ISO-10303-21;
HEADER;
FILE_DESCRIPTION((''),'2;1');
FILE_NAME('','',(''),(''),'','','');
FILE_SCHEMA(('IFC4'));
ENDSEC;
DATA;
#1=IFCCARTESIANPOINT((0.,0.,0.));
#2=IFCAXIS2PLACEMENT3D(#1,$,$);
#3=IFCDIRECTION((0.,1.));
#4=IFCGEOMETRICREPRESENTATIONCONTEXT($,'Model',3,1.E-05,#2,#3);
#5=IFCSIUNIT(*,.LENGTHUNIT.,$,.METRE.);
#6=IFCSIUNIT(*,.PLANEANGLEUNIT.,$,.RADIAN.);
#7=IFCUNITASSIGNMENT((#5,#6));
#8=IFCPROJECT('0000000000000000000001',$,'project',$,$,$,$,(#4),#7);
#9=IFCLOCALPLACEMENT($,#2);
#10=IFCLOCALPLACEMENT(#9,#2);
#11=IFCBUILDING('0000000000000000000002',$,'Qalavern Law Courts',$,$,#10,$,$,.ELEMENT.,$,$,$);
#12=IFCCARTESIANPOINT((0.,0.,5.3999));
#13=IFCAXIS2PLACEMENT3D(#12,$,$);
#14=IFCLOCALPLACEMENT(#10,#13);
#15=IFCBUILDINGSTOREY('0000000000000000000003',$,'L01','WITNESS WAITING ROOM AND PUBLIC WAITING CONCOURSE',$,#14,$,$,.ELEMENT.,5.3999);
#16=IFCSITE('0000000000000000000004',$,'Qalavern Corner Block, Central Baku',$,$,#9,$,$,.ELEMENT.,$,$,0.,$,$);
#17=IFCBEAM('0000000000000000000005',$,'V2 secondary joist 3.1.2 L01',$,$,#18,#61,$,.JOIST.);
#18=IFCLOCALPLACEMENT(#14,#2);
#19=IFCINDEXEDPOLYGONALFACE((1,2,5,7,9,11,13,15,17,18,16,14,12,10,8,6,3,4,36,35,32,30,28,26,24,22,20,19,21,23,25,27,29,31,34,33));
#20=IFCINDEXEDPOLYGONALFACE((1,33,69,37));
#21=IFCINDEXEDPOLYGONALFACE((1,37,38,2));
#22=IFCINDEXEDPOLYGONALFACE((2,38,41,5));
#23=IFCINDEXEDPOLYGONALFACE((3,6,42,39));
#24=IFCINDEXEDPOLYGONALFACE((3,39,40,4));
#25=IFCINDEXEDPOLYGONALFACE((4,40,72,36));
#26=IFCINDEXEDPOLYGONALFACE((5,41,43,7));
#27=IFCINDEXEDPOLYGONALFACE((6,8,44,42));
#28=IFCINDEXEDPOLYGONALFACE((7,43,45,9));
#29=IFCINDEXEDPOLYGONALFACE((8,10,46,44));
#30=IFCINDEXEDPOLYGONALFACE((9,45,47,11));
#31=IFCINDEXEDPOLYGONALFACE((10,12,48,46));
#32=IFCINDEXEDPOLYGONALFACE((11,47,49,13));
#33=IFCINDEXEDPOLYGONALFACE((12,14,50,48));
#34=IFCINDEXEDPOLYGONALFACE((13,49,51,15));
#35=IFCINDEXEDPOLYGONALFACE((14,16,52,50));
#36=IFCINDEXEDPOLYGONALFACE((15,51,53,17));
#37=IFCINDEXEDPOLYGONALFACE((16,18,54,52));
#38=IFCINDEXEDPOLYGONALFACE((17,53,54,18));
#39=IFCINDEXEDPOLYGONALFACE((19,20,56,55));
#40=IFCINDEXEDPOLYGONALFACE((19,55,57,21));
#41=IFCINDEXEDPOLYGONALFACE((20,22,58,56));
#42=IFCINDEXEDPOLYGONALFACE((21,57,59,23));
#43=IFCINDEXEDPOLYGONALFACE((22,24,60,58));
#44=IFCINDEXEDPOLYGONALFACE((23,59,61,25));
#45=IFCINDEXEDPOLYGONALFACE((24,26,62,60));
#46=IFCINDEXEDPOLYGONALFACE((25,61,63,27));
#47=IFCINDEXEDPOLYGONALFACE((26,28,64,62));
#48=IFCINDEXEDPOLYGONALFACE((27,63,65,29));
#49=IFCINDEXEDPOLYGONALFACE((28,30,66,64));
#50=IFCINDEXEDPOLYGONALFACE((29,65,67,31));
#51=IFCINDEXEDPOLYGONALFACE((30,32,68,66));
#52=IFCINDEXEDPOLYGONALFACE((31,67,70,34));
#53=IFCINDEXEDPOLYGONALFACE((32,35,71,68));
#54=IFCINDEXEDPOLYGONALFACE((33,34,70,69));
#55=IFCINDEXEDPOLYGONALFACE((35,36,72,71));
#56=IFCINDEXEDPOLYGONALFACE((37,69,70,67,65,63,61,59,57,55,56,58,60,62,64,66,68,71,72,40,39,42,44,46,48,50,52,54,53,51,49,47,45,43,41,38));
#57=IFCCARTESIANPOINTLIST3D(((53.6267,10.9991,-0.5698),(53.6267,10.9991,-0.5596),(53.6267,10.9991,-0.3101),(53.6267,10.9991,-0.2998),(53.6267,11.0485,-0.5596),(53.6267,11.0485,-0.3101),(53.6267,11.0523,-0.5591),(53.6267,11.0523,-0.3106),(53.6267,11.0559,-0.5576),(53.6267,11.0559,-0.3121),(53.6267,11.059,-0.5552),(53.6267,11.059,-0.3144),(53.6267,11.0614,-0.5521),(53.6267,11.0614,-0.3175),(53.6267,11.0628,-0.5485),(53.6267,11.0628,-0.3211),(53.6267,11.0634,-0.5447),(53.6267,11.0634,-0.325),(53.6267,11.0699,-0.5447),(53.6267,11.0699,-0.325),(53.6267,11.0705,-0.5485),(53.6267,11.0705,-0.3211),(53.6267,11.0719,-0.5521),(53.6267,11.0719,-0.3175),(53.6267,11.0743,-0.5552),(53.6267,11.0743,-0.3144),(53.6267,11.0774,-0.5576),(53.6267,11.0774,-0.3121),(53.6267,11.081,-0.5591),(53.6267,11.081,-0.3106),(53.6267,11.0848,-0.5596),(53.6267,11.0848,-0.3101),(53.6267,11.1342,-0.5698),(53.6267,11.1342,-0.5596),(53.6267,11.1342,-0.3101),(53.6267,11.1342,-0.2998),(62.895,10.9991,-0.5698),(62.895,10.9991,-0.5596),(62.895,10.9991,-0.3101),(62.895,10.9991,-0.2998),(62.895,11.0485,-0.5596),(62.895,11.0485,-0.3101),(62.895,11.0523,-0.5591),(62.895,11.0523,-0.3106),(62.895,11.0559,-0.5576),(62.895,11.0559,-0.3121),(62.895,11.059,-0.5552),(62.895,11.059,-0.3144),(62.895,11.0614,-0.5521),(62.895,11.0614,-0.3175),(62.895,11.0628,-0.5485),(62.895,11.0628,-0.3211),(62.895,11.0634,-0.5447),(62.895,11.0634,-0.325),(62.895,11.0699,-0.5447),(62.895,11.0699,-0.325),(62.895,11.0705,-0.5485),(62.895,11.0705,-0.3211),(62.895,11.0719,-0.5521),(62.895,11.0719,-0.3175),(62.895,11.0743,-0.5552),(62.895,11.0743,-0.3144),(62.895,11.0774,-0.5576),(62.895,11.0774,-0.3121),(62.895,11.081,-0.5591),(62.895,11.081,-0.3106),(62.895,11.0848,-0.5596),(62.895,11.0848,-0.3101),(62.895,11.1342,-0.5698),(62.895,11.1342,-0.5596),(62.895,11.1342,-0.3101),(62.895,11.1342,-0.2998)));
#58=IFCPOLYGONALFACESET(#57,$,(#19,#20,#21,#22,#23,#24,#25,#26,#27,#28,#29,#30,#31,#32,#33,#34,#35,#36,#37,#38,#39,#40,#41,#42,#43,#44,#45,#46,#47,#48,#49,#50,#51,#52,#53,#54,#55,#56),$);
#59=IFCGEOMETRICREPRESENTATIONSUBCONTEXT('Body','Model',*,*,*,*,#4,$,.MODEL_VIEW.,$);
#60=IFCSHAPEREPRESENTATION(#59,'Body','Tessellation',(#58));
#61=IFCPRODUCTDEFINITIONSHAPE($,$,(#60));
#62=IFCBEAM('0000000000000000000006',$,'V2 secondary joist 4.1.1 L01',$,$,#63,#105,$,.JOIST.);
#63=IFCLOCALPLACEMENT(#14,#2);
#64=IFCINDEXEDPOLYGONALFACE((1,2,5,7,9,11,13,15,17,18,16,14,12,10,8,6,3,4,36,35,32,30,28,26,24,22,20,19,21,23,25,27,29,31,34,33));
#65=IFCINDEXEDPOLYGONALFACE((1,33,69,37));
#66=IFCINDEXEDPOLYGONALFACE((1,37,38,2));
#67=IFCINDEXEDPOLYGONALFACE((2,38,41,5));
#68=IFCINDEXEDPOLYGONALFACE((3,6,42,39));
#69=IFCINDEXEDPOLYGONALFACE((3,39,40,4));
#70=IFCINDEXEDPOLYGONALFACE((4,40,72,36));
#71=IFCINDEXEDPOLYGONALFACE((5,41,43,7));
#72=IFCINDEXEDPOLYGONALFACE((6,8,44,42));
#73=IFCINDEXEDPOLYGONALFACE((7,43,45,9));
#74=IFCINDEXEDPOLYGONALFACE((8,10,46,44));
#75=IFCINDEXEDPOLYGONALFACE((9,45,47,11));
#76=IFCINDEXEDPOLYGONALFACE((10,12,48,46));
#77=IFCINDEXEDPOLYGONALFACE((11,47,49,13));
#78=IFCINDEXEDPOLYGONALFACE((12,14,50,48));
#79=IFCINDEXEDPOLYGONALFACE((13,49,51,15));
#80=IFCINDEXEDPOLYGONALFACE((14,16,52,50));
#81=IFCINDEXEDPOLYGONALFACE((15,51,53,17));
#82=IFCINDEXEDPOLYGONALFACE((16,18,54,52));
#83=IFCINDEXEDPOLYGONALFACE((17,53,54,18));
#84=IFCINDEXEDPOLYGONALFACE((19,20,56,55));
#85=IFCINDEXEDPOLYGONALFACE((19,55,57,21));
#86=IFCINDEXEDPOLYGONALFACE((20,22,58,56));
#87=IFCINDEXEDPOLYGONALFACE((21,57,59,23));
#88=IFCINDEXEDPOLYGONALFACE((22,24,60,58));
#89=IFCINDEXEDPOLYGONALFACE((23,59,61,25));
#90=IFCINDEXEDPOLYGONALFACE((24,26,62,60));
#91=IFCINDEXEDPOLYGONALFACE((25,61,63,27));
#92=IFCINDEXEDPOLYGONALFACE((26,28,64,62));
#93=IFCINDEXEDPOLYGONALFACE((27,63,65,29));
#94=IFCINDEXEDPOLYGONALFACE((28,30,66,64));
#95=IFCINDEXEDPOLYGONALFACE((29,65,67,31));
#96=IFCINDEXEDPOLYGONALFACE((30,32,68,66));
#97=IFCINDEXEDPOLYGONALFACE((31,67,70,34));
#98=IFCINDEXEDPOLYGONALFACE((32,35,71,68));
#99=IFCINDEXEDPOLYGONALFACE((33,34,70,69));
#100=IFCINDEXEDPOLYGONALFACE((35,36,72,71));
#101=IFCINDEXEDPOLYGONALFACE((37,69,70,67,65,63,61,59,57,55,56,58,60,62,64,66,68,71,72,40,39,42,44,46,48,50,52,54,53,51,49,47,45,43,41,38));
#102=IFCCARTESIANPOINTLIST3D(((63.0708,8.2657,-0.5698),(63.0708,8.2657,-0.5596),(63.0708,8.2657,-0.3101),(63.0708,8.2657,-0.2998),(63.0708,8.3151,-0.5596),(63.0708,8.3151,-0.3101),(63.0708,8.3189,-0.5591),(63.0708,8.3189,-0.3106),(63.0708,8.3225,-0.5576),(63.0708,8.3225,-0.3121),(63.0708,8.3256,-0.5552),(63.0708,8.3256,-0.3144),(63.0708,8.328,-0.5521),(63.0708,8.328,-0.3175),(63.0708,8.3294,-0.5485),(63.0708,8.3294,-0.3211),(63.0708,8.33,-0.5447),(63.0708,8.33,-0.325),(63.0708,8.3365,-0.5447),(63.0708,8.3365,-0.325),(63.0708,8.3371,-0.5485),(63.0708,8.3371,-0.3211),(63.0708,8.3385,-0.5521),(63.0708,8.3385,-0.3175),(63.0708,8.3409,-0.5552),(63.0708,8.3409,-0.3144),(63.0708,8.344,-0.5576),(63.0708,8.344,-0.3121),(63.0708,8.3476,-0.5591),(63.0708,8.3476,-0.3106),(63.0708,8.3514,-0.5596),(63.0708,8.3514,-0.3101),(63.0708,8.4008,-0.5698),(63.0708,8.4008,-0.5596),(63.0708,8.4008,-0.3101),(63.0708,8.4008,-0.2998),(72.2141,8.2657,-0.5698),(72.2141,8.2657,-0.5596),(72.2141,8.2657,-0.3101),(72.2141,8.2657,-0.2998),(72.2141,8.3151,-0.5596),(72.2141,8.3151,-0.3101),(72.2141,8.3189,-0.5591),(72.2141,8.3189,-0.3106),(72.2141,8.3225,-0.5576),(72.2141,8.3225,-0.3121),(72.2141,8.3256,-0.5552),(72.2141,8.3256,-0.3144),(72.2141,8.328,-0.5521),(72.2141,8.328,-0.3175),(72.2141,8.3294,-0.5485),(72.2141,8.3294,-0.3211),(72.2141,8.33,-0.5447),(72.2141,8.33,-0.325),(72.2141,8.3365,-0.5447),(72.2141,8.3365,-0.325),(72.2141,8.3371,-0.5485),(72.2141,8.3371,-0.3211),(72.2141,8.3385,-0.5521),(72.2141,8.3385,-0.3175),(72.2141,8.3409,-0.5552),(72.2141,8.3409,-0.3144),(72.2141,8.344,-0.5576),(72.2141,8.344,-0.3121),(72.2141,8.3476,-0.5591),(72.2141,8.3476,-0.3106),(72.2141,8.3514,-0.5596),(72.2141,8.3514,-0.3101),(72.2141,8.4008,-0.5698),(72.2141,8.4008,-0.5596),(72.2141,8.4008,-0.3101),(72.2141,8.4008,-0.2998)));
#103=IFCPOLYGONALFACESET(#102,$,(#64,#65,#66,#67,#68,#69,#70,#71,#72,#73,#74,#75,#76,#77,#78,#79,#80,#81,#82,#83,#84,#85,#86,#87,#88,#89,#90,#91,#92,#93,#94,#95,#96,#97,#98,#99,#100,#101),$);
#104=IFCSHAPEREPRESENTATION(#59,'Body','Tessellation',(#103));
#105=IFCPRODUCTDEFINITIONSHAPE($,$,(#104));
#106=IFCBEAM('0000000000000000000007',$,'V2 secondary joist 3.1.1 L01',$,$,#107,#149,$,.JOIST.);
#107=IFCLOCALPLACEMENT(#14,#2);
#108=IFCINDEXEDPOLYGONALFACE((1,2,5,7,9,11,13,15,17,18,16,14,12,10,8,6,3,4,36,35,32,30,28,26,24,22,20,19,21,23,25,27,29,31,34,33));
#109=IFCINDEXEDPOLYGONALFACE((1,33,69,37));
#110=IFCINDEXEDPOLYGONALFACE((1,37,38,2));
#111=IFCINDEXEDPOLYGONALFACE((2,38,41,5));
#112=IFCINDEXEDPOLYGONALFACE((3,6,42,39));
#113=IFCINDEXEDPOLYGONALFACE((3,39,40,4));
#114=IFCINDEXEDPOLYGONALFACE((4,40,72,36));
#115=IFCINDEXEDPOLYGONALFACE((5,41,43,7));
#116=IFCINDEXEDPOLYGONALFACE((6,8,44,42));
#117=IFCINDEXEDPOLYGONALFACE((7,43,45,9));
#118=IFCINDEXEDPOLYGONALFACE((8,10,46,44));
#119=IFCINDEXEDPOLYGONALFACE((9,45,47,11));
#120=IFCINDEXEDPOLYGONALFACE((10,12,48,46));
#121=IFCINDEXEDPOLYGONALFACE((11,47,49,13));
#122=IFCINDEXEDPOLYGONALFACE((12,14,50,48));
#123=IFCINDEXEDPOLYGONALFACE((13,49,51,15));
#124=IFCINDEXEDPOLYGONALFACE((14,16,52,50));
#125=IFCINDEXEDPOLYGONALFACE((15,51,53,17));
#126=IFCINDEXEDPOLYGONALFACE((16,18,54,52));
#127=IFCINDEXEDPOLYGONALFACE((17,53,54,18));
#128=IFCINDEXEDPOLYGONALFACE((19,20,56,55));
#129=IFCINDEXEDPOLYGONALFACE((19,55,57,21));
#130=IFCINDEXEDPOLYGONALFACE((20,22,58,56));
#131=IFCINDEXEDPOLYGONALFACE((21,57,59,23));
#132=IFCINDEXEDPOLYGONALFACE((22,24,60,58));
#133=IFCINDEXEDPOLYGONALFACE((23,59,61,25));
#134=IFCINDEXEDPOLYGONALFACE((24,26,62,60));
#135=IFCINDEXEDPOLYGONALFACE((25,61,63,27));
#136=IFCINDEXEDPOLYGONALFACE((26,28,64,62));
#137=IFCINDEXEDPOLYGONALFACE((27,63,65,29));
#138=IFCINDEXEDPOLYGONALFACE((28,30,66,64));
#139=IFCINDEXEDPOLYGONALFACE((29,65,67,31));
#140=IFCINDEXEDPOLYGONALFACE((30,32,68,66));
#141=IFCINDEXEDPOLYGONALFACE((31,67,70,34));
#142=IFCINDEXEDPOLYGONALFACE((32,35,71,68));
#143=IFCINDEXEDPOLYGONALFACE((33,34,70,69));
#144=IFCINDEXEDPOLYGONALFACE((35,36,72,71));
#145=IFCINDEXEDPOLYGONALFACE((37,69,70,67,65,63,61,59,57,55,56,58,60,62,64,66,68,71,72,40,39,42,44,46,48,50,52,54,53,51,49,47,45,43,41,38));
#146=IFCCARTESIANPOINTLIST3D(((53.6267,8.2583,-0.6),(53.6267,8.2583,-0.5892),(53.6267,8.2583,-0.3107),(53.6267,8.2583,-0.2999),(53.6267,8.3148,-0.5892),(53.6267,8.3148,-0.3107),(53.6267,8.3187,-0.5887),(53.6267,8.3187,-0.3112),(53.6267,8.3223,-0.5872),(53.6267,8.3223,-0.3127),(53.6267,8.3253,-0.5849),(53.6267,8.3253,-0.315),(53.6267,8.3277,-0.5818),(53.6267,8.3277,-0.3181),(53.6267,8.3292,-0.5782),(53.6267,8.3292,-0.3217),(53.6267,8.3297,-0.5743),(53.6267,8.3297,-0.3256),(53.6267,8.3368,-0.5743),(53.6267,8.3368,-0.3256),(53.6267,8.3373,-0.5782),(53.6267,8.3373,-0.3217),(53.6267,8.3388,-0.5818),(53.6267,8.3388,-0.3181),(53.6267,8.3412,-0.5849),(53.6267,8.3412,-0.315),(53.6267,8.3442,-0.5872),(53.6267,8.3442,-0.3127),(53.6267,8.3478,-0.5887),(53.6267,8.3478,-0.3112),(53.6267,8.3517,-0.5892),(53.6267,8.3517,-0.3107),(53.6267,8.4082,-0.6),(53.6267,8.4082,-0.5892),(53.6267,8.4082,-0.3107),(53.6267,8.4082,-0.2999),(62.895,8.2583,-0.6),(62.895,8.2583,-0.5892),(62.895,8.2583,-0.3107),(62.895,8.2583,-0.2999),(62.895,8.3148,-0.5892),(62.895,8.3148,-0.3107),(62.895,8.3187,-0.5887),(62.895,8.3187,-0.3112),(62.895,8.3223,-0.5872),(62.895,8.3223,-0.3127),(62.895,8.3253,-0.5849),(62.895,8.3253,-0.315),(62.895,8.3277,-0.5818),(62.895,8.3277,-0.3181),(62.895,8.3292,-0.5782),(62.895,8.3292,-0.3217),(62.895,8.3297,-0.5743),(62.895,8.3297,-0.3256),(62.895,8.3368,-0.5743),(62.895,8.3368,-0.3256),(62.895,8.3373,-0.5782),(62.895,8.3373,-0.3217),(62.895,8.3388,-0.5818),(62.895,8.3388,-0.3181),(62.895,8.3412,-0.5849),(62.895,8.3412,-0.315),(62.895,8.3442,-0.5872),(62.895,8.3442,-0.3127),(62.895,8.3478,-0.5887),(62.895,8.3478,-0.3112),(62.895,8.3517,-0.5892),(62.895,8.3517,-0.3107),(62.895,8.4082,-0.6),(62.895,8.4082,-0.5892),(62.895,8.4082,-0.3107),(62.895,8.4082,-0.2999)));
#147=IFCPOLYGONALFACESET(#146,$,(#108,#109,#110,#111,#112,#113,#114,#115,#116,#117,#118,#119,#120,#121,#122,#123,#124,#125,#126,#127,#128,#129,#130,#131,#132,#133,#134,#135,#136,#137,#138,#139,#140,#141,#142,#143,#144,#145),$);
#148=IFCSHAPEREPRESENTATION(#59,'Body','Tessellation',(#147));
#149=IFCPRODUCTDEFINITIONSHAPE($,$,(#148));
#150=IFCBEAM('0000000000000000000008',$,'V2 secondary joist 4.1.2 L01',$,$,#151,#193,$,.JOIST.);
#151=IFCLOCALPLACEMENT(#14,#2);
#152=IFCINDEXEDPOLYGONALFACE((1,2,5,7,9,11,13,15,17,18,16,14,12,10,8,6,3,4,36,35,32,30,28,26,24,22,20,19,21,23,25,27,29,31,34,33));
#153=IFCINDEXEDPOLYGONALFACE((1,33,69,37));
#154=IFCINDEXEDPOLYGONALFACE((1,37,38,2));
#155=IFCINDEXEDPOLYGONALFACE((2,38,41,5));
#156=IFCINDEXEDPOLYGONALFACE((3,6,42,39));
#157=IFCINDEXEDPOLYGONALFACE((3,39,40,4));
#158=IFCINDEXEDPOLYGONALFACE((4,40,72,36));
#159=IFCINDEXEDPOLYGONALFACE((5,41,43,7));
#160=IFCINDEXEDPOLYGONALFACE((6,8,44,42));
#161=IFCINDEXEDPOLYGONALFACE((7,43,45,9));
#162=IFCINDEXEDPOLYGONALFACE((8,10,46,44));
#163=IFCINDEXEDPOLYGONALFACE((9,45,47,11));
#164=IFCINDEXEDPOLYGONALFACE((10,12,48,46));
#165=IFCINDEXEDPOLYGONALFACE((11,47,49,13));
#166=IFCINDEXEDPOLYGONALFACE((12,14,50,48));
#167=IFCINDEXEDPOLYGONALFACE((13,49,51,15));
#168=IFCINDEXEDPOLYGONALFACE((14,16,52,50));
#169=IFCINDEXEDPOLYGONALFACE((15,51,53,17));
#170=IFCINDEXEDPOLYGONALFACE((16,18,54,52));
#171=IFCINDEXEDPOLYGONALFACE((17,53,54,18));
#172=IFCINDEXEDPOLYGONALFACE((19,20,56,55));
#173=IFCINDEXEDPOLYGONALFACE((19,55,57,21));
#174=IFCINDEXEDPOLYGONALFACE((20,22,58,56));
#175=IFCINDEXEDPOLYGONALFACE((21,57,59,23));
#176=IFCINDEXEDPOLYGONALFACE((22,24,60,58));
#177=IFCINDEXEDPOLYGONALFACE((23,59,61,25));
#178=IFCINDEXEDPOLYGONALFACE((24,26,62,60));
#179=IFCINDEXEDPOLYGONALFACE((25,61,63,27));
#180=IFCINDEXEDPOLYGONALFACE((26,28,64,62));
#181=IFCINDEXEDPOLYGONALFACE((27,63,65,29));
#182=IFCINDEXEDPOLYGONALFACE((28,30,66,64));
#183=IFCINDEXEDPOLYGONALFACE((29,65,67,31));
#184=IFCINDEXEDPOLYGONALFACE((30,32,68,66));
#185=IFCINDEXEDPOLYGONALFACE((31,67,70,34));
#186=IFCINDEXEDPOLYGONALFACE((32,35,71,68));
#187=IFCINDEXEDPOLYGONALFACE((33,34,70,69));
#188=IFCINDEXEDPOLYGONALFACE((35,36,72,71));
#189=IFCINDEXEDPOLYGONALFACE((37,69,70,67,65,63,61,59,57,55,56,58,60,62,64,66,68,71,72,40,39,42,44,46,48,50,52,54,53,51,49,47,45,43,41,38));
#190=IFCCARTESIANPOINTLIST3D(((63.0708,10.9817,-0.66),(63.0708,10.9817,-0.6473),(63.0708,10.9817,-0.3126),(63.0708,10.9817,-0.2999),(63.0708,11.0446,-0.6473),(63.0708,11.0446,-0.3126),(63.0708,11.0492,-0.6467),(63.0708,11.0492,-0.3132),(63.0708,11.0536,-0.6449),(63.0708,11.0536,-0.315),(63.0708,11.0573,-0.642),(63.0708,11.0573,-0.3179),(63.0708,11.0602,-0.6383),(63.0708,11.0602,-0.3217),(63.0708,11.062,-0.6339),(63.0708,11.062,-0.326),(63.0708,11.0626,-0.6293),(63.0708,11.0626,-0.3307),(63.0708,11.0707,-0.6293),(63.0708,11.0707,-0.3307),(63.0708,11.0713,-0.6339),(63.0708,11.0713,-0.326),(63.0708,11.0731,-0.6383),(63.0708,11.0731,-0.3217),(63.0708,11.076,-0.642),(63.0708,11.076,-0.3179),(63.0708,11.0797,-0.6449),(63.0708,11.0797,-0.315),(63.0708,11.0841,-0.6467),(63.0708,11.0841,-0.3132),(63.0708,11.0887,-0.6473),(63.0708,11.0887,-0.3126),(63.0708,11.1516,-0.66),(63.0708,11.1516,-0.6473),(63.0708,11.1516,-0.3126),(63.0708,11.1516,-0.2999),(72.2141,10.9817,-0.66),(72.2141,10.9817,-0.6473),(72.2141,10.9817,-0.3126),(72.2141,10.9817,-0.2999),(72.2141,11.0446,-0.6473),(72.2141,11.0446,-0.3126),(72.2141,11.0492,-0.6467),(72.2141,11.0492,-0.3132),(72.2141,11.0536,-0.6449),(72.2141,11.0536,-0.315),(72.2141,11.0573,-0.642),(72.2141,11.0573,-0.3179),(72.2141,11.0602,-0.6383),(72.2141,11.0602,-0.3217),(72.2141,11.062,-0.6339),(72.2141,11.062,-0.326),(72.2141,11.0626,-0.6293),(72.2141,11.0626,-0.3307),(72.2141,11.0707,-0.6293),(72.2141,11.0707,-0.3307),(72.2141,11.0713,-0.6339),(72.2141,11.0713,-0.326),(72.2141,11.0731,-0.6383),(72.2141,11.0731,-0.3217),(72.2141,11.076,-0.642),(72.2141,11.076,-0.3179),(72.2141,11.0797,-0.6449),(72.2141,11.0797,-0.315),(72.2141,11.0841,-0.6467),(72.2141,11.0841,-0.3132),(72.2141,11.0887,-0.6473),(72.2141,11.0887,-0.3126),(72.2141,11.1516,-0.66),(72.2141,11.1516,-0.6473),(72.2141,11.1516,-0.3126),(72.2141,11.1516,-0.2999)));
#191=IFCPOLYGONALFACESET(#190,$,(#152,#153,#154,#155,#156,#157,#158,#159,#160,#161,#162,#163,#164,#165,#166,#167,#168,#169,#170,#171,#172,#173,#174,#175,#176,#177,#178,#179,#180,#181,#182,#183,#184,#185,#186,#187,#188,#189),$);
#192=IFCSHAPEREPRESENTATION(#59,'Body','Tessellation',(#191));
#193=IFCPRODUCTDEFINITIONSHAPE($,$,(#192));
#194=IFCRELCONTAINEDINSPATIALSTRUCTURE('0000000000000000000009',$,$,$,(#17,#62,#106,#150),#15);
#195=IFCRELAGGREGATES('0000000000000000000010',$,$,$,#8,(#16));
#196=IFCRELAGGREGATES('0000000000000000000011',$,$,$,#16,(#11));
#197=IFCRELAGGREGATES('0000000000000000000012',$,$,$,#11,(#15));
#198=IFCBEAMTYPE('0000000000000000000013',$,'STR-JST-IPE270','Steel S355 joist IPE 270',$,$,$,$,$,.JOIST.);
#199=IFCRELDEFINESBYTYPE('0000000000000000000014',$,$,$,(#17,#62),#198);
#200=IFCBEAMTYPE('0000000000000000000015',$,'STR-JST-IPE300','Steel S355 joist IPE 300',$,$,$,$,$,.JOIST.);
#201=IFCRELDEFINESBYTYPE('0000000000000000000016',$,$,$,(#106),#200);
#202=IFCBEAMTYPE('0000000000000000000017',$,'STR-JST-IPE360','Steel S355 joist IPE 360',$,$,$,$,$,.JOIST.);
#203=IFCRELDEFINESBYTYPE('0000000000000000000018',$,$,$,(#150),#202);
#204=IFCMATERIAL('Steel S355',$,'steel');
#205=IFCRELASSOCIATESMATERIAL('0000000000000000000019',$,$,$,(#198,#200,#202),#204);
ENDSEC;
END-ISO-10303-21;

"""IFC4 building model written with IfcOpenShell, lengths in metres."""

from ifc_helpers import new_model, si_unit, direction, frame, origin, origin_2d, place, context, subcontext, project, spatial, i_section, extrude, material, material_profile, profile_set, type_object, element, save


model = new_model("IFC4")

# Units and contexts
model_context = context("Model", 3, precision=1e-05, world=origin(), true_north=direction((0.0, 1.0)))
body_context = subcontext(model_context, "Body", "Model", "MODEL_VIEW")
ifc_project = project(units=[si_unit("LENGTHUNIT", "METRE"), si_unit("PLANEANGLEUNIT", "RADIAN")], contexts=[model_context])

# Site, building, storey
site_placement = place(None, origin())
site = spatial("IfcSite", under=ifc_project, at=site_placement, Name="Qalavern Corner Block, Central Baku", CompositionType="ELEMENT", RefElevation=0.0)
building_placement = place(site_placement, origin())
building = spatial("IfcBuilding", under=site, at=building_placement, Name="Qalavern Law Courts", CompositionType="ELEMENT")
storey_placement = place(building_placement, frame((0.0, 0.0, 5.3999)))
storey = spatial("IfcBuildingStorey", under=building, at=storey_placement, Name="L01", Description="WITNESS WAITING ROOM AND PUBLIC WAITING CONCOURSE", CompositionType="ELEMENT", Elevation=5.3999)

# Beams
ifc_material_1 = material(Name="Steel S355", Category="steel")
ifc_material_profile_1 = material_profile(ifc_material_1, i_section(OverallWidth=0.135, OverallDepth=0.27, WebThickness=0.0066, FlangeThickness=0.0103, FilletRadius=0.0149, at=origin_2d()), Name="IPE 270")
ifc_profile_set_1 = profile_set([ifc_material_profile_1], Name="Steel S355")
beam_type_1 = type_object("IfcBeamType", Name="STR-JST-IPE270", Description="Steel S355 joist IPE 270", PredefinedType="JOIST", material=ifc_profile_set_1)
beam_1_placement = place(storey_placement, frame((53.6267, 11.0667, -0.4348), z_axis=(1.0, 0.0, 0.0), x_axis=(0.0, 1.0, 0.0)))
element("IfcBeam", 1, at=beam_1_placement, inside=storey, type_object=beam_type_1, Name="V2 secondary joist 3.1.2 L01", PredefinedType="JOIST", context=body_context, shape_type="SweptSolid", body=[
    extrude(i_section(OverallWidth=0.135, OverallDepth=0.27, WebThickness=0.0066, FlangeThickness=0.0103, FilletRadius=0.0149, at=origin_2d()), origin(), (0.0, 0.0, 1.0), 9.2683),
])
beam_2_placement = place(storey_placement, frame((63.0708, 8.3333, -0.4348), z_axis=(1.0, 0.0, 0.0), x_axis=(0.0, 1.0, 0.0)))
element("IfcBeam", 2, at=beam_2_placement, inside=storey, type_object=beam_type_1, Name="V2 secondary joist 4.1.1 L01", PredefinedType="JOIST", context=body_context, shape_type="SweptSolid", body=[
    extrude(i_section(OverallWidth=0.135, OverallDepth=0.27, WebThickness=0.0066, FlangeThickness=0.0103, FilletRadius=0.0149, at=origin_2d()), origin(), (0.0, 0.0, 1.0), 9.1433),
])
ifc_material_profile_2 = material_profile(ifc_material_1, i_section(OverallWidth=0.1499, OverallDepth=0.3, WebThickness=0.0071, FlangeThickness=0.0107, FilletRadius=0.0149, at=origin_2d()), Name="IPE 300")
ifc_profile_set_2 = profile_set([ifc_material_profile_2], Name="Steel S355")
beam_type_2 = type_object("IfcBeamType", Name="STR-JST-IPE300", Description="Steel S355 joist IPE 300", PredefinedType="JOIST", material=ifc_profile_set_2)
beam_3_placement = place(storey_placement, frame((53.6267, 8.3333, -0.45), z_axis=(1.0, 0.0, 0.0), x_axis=(0.0, 1.0, 0.0)))
element("IfcBeam", 3, at=beam_3_placement, inside=storey, type_object=beam_type_2, Name="V2 secondary joist 3.1.1 L01", PredefinedType="JOIST", context=body_context, shape_type="SweptSolid", body=[
    extrude(i_section(OverallWidth=0.1499, OverallDepth=0.3, WebThickness=0.0071, FlangeThickness=0.0107, FilletRadius=0.0149, at=origin_2d()), origin(), (0.0, 0.0, 1.0), 9.2683),
])
ifc_material_profile_3 = material_profile(ifc_material_1, i_section(OverallWidth=0.1699, OverallDepth=0.3601, WebThickness=0.0081, FlangeThickness=0.0127, FilletRadius=0.0181, at=origin_2d()), Name="IPE 360")
ifc_profile_set_3 = profile_set([ifc_material_profile_3], Name="Steel S355")
beam_type_3 = type_object("IfcBeamType", Name="STR-JST-IPE360", Description="Steel S355 joist IPE 360", PredefinedType="JOIST", material=ifc_profile_set_3)
beam_4_placement = place(storey_placement, frame((63.0708, 11.0667, -0.48), z_axis=(1.0, 0.0, 0.0), x_axis=(0.0, 1.0, 0.0)))
element("IfcBeam", 4, at=beam_4_placement, inside=storey, type_object=beam_type_3, Name="V2 secondary joist 4.1.2 L01", PredefinedType="JOIST", context=body_context, shape_type="SweptSolid", body=[
    extrude(i_section(OverallWidth=0.1699, OverallDepth=0.3601, WebThickness=0.0081, FlangeThickness=0.0127, FilletRadius=0.0181, at=origin_2d()), origin(), (0.0, 0.0, 1.0), 9.1433),
])

save(model, "model.ifc")
